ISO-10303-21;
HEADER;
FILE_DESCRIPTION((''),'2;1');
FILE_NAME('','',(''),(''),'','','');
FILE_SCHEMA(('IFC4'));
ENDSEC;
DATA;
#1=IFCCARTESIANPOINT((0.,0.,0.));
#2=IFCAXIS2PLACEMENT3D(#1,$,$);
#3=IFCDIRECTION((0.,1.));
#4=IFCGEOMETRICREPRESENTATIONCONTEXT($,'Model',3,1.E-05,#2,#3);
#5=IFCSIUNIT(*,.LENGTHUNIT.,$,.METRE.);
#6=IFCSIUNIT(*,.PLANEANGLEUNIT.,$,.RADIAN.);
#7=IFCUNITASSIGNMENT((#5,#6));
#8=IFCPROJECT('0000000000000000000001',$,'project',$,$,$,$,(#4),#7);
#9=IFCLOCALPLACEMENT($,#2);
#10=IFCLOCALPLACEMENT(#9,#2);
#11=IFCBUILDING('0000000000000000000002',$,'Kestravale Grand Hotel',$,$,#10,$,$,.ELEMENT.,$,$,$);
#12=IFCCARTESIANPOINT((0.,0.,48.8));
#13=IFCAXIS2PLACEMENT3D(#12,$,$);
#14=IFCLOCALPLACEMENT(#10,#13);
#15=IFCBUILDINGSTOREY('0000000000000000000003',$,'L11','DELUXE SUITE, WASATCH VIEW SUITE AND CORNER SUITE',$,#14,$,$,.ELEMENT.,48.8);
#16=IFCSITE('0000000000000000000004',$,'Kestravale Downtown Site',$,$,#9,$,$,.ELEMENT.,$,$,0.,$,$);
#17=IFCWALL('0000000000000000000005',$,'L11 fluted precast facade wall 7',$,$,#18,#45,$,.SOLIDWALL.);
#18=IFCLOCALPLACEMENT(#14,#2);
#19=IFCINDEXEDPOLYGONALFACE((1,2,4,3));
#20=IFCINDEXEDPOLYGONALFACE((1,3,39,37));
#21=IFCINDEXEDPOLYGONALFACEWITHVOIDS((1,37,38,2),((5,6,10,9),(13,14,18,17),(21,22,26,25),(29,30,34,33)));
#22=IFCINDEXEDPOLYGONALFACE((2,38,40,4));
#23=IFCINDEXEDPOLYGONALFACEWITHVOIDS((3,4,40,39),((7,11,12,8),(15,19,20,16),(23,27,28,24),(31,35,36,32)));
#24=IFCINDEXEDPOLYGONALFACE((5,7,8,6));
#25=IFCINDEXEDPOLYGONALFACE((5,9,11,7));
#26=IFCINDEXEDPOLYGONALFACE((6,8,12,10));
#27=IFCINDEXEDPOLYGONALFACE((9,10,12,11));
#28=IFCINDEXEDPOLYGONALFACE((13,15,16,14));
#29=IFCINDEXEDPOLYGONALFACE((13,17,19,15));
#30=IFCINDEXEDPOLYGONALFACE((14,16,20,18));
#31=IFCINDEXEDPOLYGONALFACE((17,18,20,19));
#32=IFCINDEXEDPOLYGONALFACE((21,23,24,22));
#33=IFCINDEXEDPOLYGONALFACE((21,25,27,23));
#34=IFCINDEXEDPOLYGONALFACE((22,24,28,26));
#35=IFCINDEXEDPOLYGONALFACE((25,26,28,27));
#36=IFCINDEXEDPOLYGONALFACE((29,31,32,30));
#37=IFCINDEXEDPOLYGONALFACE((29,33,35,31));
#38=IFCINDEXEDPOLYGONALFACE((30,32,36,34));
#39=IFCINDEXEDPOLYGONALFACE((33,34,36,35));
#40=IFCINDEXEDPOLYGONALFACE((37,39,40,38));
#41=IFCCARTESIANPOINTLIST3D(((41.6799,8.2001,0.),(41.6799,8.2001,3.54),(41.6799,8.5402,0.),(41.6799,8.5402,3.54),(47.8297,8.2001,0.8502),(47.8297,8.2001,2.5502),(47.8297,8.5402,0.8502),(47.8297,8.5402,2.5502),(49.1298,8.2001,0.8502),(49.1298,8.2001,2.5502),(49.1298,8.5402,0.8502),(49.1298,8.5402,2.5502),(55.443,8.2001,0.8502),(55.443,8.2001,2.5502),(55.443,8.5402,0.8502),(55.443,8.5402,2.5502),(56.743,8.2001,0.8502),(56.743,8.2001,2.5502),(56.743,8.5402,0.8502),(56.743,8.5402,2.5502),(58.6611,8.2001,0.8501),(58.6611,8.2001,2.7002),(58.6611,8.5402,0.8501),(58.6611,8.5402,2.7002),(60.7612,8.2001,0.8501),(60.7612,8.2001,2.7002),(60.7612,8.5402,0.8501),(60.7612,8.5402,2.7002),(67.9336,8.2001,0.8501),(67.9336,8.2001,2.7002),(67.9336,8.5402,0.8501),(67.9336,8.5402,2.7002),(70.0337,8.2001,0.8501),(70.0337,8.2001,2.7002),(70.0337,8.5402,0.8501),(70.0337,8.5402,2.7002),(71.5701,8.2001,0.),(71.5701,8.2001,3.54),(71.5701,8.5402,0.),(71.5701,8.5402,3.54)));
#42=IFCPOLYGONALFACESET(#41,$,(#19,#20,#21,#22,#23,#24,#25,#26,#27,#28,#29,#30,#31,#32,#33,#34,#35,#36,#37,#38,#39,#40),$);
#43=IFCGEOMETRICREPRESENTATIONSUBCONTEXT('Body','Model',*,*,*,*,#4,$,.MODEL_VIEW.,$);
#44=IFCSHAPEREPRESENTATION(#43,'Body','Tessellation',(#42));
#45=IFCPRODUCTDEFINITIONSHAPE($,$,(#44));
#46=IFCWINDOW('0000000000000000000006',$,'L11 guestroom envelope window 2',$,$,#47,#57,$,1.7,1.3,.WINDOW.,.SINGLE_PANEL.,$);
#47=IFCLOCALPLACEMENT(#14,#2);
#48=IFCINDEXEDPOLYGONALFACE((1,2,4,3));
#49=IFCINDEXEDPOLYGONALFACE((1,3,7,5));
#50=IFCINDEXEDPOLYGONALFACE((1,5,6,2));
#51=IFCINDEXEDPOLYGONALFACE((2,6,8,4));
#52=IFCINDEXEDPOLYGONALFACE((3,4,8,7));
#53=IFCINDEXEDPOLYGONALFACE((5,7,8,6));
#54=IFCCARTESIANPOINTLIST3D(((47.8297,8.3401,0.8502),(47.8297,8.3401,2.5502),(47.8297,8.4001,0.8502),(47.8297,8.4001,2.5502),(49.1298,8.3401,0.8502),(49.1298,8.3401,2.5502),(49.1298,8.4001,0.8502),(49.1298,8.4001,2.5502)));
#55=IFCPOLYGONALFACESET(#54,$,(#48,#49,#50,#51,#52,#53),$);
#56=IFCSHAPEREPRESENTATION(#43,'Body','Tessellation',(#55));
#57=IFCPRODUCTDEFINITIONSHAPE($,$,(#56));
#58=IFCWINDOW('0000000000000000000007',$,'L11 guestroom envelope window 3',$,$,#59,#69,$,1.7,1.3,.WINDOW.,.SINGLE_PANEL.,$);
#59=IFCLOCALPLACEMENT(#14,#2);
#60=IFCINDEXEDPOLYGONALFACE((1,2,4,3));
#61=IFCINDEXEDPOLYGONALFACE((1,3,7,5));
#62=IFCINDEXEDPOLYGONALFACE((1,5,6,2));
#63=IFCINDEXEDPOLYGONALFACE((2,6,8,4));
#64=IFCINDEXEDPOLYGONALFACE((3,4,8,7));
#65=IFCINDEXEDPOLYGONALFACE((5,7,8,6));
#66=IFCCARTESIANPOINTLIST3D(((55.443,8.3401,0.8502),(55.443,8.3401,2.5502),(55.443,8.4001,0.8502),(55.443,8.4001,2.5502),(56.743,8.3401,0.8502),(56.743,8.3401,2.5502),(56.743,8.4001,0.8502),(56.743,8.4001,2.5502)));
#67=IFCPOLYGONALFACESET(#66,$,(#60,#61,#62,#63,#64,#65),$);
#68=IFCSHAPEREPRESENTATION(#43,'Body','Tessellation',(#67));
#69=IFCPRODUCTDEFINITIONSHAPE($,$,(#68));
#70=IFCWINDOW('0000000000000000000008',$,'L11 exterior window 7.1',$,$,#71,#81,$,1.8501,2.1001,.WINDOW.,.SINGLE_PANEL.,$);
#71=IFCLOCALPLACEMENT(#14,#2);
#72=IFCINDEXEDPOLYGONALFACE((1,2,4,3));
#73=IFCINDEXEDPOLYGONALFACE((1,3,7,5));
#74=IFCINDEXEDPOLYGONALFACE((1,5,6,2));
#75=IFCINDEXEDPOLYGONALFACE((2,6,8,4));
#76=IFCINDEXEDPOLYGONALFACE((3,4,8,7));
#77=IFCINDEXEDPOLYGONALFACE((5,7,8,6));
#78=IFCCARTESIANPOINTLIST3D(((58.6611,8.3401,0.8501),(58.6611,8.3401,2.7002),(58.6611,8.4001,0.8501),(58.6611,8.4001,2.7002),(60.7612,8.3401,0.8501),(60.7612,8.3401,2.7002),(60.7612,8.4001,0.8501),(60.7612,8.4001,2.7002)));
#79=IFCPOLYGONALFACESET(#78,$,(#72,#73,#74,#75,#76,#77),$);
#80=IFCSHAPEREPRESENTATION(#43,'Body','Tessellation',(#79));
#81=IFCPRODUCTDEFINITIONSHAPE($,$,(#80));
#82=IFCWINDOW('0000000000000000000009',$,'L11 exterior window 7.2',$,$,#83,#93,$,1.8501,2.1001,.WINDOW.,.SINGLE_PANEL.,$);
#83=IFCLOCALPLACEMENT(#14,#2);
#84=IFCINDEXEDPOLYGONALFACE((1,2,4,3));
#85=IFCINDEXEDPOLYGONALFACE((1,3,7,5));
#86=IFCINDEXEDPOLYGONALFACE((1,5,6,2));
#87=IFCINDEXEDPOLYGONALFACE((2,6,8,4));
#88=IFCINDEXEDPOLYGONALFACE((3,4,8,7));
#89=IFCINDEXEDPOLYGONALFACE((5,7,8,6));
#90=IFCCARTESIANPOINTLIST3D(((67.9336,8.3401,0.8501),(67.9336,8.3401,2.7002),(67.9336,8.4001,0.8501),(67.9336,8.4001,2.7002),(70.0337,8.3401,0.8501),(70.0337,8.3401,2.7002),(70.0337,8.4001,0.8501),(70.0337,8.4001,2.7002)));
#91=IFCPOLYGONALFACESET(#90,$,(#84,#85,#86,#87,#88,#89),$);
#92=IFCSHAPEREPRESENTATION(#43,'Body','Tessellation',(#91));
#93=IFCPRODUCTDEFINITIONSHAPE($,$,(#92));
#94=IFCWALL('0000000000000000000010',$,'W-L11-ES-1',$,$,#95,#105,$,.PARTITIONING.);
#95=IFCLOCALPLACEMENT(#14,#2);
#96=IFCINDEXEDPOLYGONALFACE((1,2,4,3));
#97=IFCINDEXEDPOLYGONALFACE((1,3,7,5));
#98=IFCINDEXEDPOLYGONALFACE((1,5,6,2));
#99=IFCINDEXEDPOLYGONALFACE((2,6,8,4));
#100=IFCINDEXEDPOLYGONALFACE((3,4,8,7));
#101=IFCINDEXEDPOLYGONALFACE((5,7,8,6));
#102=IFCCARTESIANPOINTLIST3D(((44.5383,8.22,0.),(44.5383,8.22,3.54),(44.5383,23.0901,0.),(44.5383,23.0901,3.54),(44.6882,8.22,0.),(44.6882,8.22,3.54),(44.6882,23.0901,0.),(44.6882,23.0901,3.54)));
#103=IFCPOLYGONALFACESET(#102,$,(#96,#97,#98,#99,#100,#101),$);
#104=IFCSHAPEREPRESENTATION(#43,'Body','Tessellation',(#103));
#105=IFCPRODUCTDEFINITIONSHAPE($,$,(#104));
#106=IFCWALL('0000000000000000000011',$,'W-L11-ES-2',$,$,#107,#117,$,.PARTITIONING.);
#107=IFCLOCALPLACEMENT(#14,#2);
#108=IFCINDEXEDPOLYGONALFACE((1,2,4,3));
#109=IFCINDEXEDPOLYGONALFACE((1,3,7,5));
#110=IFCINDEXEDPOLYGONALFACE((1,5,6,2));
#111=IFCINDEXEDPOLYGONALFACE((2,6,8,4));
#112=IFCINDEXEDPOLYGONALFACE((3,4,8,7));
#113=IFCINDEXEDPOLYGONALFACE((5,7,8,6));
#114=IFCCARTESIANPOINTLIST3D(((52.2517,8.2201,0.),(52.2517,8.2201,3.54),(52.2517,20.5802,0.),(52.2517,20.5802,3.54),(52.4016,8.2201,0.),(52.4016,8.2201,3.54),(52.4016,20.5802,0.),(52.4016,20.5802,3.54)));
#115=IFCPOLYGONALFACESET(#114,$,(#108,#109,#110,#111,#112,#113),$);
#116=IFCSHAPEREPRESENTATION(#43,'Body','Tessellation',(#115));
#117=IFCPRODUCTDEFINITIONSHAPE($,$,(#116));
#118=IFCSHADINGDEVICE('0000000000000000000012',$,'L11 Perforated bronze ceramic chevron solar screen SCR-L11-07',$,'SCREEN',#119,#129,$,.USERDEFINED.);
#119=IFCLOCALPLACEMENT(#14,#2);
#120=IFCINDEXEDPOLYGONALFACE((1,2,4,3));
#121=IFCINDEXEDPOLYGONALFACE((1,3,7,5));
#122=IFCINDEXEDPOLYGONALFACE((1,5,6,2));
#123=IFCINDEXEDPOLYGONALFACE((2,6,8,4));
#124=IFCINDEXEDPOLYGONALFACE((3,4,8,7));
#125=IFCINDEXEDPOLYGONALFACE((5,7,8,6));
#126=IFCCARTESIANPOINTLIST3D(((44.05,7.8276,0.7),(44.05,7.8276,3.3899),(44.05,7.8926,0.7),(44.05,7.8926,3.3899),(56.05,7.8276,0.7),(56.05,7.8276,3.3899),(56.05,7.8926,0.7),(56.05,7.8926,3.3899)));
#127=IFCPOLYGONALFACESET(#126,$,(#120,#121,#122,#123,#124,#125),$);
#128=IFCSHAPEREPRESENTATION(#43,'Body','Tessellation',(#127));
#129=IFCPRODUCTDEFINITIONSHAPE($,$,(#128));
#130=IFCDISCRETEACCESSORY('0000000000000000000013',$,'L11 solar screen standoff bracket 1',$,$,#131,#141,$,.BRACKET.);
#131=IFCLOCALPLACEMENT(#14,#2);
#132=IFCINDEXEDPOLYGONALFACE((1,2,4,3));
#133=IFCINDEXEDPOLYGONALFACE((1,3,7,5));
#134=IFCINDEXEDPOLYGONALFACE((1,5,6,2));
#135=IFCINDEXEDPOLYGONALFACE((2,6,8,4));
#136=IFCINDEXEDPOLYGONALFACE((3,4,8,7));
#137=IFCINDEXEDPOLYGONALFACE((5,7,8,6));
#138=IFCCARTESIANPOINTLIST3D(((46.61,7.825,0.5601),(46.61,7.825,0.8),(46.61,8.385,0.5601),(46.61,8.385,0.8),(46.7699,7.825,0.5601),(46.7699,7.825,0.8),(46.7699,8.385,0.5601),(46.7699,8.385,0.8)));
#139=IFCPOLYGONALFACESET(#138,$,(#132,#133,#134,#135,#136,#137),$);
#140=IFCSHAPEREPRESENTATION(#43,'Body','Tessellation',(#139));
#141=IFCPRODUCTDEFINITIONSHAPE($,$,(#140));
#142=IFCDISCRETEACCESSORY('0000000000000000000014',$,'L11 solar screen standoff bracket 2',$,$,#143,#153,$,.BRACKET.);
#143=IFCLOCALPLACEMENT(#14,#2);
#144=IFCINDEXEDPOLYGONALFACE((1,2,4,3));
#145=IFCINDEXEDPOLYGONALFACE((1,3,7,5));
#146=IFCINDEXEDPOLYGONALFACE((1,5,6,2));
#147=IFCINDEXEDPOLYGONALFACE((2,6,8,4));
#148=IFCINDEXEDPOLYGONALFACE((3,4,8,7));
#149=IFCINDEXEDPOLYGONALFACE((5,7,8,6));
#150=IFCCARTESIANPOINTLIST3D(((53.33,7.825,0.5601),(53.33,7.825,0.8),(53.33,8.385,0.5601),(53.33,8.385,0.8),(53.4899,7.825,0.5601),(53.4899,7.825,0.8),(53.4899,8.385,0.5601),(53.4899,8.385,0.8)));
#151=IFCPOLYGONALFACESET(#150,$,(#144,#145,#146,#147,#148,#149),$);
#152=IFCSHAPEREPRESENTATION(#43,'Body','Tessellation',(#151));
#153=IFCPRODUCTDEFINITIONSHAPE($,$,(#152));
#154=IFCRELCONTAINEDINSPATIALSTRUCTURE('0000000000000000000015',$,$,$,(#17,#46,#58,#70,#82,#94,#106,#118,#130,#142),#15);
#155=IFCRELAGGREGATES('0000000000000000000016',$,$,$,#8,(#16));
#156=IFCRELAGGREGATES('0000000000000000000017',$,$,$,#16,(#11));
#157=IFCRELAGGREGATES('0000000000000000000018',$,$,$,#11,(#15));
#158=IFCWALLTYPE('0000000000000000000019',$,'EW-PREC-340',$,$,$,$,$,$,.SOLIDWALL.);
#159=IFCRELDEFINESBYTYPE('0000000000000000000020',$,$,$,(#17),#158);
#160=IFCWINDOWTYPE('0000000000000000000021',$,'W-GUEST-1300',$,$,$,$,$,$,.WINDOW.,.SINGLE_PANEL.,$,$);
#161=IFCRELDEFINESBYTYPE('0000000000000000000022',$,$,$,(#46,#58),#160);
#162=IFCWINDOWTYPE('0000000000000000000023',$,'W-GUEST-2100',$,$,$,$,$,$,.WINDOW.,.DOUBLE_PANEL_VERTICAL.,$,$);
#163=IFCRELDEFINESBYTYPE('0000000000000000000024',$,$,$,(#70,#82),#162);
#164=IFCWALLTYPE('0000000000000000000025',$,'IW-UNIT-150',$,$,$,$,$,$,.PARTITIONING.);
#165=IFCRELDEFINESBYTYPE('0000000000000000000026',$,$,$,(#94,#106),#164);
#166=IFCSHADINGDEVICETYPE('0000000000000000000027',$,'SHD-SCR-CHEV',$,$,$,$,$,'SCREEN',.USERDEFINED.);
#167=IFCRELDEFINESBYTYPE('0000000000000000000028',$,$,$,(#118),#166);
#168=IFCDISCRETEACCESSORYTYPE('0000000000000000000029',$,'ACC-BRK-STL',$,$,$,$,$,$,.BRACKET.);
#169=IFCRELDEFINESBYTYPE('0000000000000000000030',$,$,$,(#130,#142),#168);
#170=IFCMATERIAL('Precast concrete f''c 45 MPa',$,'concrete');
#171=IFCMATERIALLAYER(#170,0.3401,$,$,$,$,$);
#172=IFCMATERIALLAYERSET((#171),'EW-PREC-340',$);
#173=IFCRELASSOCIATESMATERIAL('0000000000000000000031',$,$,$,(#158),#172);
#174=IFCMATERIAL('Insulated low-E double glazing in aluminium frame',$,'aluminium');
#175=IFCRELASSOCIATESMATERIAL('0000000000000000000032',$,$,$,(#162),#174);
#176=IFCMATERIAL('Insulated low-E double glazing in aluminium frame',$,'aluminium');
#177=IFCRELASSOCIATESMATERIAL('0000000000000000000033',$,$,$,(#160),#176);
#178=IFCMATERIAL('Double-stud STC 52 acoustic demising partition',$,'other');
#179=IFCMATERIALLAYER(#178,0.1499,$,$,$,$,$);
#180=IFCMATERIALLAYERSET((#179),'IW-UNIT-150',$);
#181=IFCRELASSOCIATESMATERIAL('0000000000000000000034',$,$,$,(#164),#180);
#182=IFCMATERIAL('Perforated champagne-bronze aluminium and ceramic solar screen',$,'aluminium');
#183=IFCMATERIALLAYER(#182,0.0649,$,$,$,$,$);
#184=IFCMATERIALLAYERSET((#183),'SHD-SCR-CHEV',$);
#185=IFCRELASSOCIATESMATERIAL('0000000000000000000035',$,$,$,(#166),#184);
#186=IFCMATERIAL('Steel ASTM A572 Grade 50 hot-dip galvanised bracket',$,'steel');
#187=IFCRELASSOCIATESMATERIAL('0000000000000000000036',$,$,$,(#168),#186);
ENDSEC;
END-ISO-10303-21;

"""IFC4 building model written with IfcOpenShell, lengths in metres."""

from ifc_helpers import new_model, si_unit, direction, frame, frame_2d, origin, origin_2d, place, context, subcontext, project, spatial, rectangle, extrude, material, layer, layer_set, type_object, element, fill, save


model = new_model("IFC4")

# Units and contexts
model_context = context("Model", 3, precision=1e-05, world=origin(), true_north=direction((0.0, 1.0)))
body_context = subcontext(model_context, "Body", "Model", "MODEL_VIEW")
ifc_project = project(units=[si_unit("LENGTHUNIT", "METRE"), si_unit("PLANEANGLEUNIT", "RADIAN")], contexts=[model_context])

# Site, building, storey
site_placement = place(None, origin())
site = spatial("IfcSite", under=ifc_project, at=site_placement, Name="Kestravale Downtown Site", CompositionType="ELEMENT", RefElevation=0.0)
building_placement = place(site_placement, origin())
building = spatial("IfcBuilding", under=site, at=building_placement, Name="Kestravale Grand Hotel", CompositionType="ELEMENT")
storey_placement = place(building_placement, frame((0.0, 0.0, 48.8)))
storey = spatial("IfcBuildingStorey", under=building, at=storey_placement, Name="L11", Description="DELUXE SUITE, WASATCH VIEW SUITE AND CORNER SUITE", CompositionType="ELEMENT", Elevation=48.8)

# Shared definitions
ifc_material_1 = material(Name="Precast concrete f'c 45 MPa", Category="concrete")
ifc_layer_1 = layer(ifc_material_1, 0.3401)
ifc_layer_set_1 = layer_set([ifc_layer_1], Name="EW-PREC-340")
wall_type_1 = type_object("IfcWallType", Name="EW-PREC-340", PredefinedType="SOLIDWALL", material=ifc_layer_set_1)

# Shared definitions
ifc_material_2 = material(Name="Insulated low-E double glazing in aluminium frame", Category="aluminium")
window_type_1 = type_object("IfcWindowType", Name="W-GUEST-2100", PartitioningType="DOUBLE_PANEL_VERTICAL", PredefinedType="WINDOW", material=ifc_material_2)

# Wall, openings, windows
wall_1_placement = place(storey_placement, frame((41.6799, 8.3701, 0.0), z_axis=(0.0, 0.0, 1.0), x_axis=(1.0, 0.0, 0.0)))
wall_1 = element("IfcWall", 1, at=wall_1_placement, inside=storey, type_object=wall_type_1, Name="L11 fluted precast facade wall 7", PredefinedType="SOLIDWALL", context=body_context, shape_type="SweptSolid", body=[
    extrude(rectangle(XDim=29.8901, YDim=0.3401, at=frame_2d((14.9451, 0.0))), origin(), (0.0, 0.0, 1.0), 3.54),
])
opening_1_placement = place(wall_1_placement, frame((16.9812, 0.0, 0.8501)))
opening_1 = element("IfcOpeningElement", 2, at=opening_1_placement, cuts=wall_1, PredefinedType="OPENING", context=body_context, shape_type="SweptSolid", body=[
    extrude(rectangle(XDim=2.1001, YDim=1.8501, at=frame_2d((1.05, 0.925))), frame((0.0, 0.1799, 0.0), z_axis=(0.0, -1.0, 0.0), x_axis=(1.0, 0.0, 0.0)), (0.0, 0.0, 1.0), 0.3601),
])
opening_2_placement = place(wall_1_placement, frame((26.2537, 0.0, 0.8501)))
opening_2 = element("IfcOpeningElement", 3, at=opening_2_placement, cuts=wall_1, PredefinedType="OPENING", context=body_context, shape_type="SweptSolid", body=[
    extrude(rectangle(XDim=2.1001, YDim=1.8501, at=frame_2d((1.05, 0.925))), frame((0.0, 0.1799, 0.0), z_axis=(0.0, -1.0, 0.0), x_axis=(1.0, 0.0, 0.0)), (0.0, 0.0, 1.0), 0.3601),
])
opening_3_placement = place(wall_1_placement, frame((6.1499, 0.0, 0.8501)))
opening_3 = element("IfcOpeningElement", 4, at=opening_3_placement, cuts=wall_1, PredefinedType="OPENING", context=body_context, shape_type="SweptSolid", body=[
    extrude(rectangle(XDim=1.3, YDim=1.7, at=frame_2d((0.6499, 0.8501))), frame((0.0, 0.1799, 0.0), z_axis=(0.0, -1.0, 0.0), x_axis=(1.0, 0.0, 0.0)), (0.0, 0.0, 1.0), 0.3601),
])
opening_4_placement = place(wall_1_placement, frame((13.7632, 0.0, 0.8501)))
opening_4 = element("IfcOpeningElement", 5, at=opening_4_placement, cuts=wall_1, PredefinedType="OPENING", context=body_context, shape_type="SweptSolid", body=[
    extrude(rectangle(XDim=1.3, YDim=1.7, at=frame_2d((0.6499, 0.8501))), frame((0.0, 0.1799, 0.0), z_axis=(0.0, -1.0, 0.0), x_axis=(1.0, 0.0, 0.0)), (0.0, 0.0, 1.0), 0.3601),
])
ifc_material_3 = material(Name="Insulated low-E double glazing in aluminium frame", Category="aluminium")
window_type_2 = type_object("IfcWindowType", Name="W-GUEST-1300", PartitioningType="SINGLE_PANEL", PredefinedType="WINDOW", material=ifc_material_3)
window_1_placement = place(opening_3_placement, origin())
window_1 = element("IfcWindow", 6, at=window_1_placement, inside=storey, type_object=window_type_2, Name="L11 guestroom envelope window 2", OverallHeight=1.7, OverallWidth=1.3, PartitioningType="SINGLE_PANEL", PredefinedType="WINDOW", context=body_context, shape_type="SweptSolid", body=[
    extrude(rectangle(XDim=1.3, YDim=1.7, at=frame_2d((0.6499, 0.8501))), frame((0.0, 0.03, 0.0), z_axis=(0.0, -1.0, 0.0), x_axis=(1.0, 0.0, 0.0)), (0.0, 0.0, 1.0), 0.0601),
])
fill(opening_3, window_1)
window_2_placement = place(opening_4_placement, origin())
window_2 = element("IfcWindow", 7, at=window_2_placement, inside=storey, type_object=window_type_2, Name="L11 guestroom envelope window 3", OverallHeight=1.7, OverallWidth=1.3, PartitioningType="SINGLE_PANEL", PredefinedType="WINDOW", context=body_context, shape_type="SweptSolid", body=[
    extrude(rectangle(XDim=1.3, YDim=1.7, at=frame_2d((0.6499, 0.8501))), frame((0.0, 0.03, 0.0), z_axis=(0.0, -1.0, 0.0), x_axis=(1.0, 0.0, 0.0)), (0.0, 0.0, 1.0), 0.0601),
])
fill(opening_4, window_2)
window_3_placement = place(opening_1_placement, origin())
window_3 = element("IfcWindow", 8, at=window_3_placement, inside=storey, type_object=window_type_1, Name="L11 exterior window 7.1", OverallHeight=1.8501, OverallWidth=2.1001, PartitioningType="SINGLE_PANEL", PredefinedType="WINDOW", context=body_context, shape_type="SweptSolid", body=[
    extrude(rectangle(XDim=2.1001, YDim=1.8501, at=frame_2d((1.05, 0.925))), frame((0.0, 0.03, 0.0), z_axis=(0.0, -1.0, 0.0), x_axis=(1.0, 0.0, 0.0)), (0.0, 0.0, 1.0), 0.0601),
])
fill(opening_1, window_3)
window_4_placement = place(opening_2_placement, origin())
window_4 = element("IfcWindow", 9, at=window_4_placement, inside=storey, type_object=window_type_1, Name="L11 exterior window 7.2", OverallHeight=1.8501, OverallWidth=2.1001, PartitioningType="SINGLE_PANEL", PredefinedType="WINDOW", context=body_context, shape_type="SweptSolid", body=[
    extrude(rectangle(XDim=2.1001, YDim=1.8501, at=frame_2d((1.05, 0.925))), frame((0.0, 0.03, 0.0), z_axis=(0.0, -1.0, 0.0), x_axis=(1.0, 0.0, 0.0)), (0.0, 0.0, 1.0), 0.0601),
])
fill(opening_2, window_4)

# Walls
ifc_material_4 = material(Name="Double-stud STC 52 acoustic demising partition", Category="other")
ifc_layer_2 = layer(ifc_material_4, 0.1499)
ifc_layer_set_2 = layer_set([ifc_layer_2], Name="IW-UNIT-150")
wall_type_2 = type_object("IfcWallType", Name="IW-UNIT-150", PredefinedType="PARTITIONING", material=ifc_layer_set_2)
wall_2_placement = place(storey_placement, frame((44.6133, 8.22, 0.0), z_axis=(0.0, 0.0, 1.0), x_axis=(0.0, 1.0, 0.0)))
element("IfcWall", 10, at=wall_2_placement, inside=storey, type_object=wall_type_2, Name="W-L11-ES-1", PredefinedType="PARTITIONING", context=body_context, shape_type="SweptSolid", body=[
    extrude(rectangle(XDim=14.8701, YDim=0.1499, at=frame_2d((7.4351, 0.0))), origin(), (0.0, 0.0, 1.0), 3.54),
])
wall_3_placement = place(storey_placement, frame((52.3267, 8.22, 0.0), z_axis=(0.0, 0.0, 1.0), x_axis=(0.0, 1.0, 0.0)))
element("IfcWall", 11, at=wall_3_placement, inside=storey, type_object=wall_type_2, Name="W-L11-ES-2", PredefinedType="PARTITIONING", context=body_context, shape_type="SweptSolid", body=[
    extrude(rectangle(XDim=12.3601, YDim=0.1499, at=frame_2d((6.1802, 0.0))), origin(), (0.0, 0.0, 1.0), 3.54),
])

# Shading device
ifc_material_5 = material(Name="Perforated champagne-bronze aluminium and ceramic solar screen", Category="aluminium")
ifc_layer_3 = layer(ifc_material_5, 0.0649)
ifc_layer_set_3 = layer_set([ifc_layer_3], Name="SHD-SCR-CHEV")
shading_device_type = type_object("IfcShadingDeviceType", Name="SHD-SCR-CHEV", ElementType="SCREEN", PredefinedType="USERDEFINED", material=ifc_layer_set_3)
shading_device_placement = place(storey_placement, frame((50.05, 7.8601, 0.7), z_axis=(0.0, 0.0, 1.0), x_axis=(1.0, 0.0, 0.0)))
element("IfcShadingDevice", 12, at=shading_device_placement, inside=storey, type_object=shading_device_type, Name="L11 Perforated bronze ceramic chevron solar screen SCR-L11-07", ObjectType="SCREEN", PredefinedType="USERDEFINED", context=body_context, shape_type="SweptSolid", body=[
    extrude(rectangle(XDim=12.0, YDim=0.0649, at=origin_2d()), origin(), (0.0, 0.0, 1.0), 2.6899),
])

# Discrete accessories
ifc_material_6 = material(Name="Steel ASTM A572 Grade 50 hot-dip galvanised bracket", Category="steel")
discrete_accessory_type = type_object("IfcDiscreteAccessoryType", Name="ACC-BRK-STL", PredefinedType="BRACKET", material=ifc_material_6)
for number, where, z_axis, x_axis, name in (
    (13, (46.6899, 8.105, 0.5601), (0.0, 0.0, 1.0), (1.0, 0.0, 0.0), "L11 solar screen standoff bracket 1"),
    (14, (53.4099, 8.105, 0.5601), (0.0, 0.0, 1.0), (1.0, 0.0, 0.0), "L11 solar screen standoff bracket 2"),
):
    element("IfcDiscreteAccessory", number, at=place(storey_placement, frame(where, z_axis=z_axis, x_axis=x_axis)), inside=storey, type_object=discrete_accessory_type, Name=name, PredefinedType="BRACKET", context=body_context, shape_type="SweptSolid", body=[
        extrude(rectangle(XDim=0.1599, YDim=0.5601, at=origin_2d()), origin(), (0.0, 0.0, 1.0), 0.24),
    ])

save(model, "model.ifc")
